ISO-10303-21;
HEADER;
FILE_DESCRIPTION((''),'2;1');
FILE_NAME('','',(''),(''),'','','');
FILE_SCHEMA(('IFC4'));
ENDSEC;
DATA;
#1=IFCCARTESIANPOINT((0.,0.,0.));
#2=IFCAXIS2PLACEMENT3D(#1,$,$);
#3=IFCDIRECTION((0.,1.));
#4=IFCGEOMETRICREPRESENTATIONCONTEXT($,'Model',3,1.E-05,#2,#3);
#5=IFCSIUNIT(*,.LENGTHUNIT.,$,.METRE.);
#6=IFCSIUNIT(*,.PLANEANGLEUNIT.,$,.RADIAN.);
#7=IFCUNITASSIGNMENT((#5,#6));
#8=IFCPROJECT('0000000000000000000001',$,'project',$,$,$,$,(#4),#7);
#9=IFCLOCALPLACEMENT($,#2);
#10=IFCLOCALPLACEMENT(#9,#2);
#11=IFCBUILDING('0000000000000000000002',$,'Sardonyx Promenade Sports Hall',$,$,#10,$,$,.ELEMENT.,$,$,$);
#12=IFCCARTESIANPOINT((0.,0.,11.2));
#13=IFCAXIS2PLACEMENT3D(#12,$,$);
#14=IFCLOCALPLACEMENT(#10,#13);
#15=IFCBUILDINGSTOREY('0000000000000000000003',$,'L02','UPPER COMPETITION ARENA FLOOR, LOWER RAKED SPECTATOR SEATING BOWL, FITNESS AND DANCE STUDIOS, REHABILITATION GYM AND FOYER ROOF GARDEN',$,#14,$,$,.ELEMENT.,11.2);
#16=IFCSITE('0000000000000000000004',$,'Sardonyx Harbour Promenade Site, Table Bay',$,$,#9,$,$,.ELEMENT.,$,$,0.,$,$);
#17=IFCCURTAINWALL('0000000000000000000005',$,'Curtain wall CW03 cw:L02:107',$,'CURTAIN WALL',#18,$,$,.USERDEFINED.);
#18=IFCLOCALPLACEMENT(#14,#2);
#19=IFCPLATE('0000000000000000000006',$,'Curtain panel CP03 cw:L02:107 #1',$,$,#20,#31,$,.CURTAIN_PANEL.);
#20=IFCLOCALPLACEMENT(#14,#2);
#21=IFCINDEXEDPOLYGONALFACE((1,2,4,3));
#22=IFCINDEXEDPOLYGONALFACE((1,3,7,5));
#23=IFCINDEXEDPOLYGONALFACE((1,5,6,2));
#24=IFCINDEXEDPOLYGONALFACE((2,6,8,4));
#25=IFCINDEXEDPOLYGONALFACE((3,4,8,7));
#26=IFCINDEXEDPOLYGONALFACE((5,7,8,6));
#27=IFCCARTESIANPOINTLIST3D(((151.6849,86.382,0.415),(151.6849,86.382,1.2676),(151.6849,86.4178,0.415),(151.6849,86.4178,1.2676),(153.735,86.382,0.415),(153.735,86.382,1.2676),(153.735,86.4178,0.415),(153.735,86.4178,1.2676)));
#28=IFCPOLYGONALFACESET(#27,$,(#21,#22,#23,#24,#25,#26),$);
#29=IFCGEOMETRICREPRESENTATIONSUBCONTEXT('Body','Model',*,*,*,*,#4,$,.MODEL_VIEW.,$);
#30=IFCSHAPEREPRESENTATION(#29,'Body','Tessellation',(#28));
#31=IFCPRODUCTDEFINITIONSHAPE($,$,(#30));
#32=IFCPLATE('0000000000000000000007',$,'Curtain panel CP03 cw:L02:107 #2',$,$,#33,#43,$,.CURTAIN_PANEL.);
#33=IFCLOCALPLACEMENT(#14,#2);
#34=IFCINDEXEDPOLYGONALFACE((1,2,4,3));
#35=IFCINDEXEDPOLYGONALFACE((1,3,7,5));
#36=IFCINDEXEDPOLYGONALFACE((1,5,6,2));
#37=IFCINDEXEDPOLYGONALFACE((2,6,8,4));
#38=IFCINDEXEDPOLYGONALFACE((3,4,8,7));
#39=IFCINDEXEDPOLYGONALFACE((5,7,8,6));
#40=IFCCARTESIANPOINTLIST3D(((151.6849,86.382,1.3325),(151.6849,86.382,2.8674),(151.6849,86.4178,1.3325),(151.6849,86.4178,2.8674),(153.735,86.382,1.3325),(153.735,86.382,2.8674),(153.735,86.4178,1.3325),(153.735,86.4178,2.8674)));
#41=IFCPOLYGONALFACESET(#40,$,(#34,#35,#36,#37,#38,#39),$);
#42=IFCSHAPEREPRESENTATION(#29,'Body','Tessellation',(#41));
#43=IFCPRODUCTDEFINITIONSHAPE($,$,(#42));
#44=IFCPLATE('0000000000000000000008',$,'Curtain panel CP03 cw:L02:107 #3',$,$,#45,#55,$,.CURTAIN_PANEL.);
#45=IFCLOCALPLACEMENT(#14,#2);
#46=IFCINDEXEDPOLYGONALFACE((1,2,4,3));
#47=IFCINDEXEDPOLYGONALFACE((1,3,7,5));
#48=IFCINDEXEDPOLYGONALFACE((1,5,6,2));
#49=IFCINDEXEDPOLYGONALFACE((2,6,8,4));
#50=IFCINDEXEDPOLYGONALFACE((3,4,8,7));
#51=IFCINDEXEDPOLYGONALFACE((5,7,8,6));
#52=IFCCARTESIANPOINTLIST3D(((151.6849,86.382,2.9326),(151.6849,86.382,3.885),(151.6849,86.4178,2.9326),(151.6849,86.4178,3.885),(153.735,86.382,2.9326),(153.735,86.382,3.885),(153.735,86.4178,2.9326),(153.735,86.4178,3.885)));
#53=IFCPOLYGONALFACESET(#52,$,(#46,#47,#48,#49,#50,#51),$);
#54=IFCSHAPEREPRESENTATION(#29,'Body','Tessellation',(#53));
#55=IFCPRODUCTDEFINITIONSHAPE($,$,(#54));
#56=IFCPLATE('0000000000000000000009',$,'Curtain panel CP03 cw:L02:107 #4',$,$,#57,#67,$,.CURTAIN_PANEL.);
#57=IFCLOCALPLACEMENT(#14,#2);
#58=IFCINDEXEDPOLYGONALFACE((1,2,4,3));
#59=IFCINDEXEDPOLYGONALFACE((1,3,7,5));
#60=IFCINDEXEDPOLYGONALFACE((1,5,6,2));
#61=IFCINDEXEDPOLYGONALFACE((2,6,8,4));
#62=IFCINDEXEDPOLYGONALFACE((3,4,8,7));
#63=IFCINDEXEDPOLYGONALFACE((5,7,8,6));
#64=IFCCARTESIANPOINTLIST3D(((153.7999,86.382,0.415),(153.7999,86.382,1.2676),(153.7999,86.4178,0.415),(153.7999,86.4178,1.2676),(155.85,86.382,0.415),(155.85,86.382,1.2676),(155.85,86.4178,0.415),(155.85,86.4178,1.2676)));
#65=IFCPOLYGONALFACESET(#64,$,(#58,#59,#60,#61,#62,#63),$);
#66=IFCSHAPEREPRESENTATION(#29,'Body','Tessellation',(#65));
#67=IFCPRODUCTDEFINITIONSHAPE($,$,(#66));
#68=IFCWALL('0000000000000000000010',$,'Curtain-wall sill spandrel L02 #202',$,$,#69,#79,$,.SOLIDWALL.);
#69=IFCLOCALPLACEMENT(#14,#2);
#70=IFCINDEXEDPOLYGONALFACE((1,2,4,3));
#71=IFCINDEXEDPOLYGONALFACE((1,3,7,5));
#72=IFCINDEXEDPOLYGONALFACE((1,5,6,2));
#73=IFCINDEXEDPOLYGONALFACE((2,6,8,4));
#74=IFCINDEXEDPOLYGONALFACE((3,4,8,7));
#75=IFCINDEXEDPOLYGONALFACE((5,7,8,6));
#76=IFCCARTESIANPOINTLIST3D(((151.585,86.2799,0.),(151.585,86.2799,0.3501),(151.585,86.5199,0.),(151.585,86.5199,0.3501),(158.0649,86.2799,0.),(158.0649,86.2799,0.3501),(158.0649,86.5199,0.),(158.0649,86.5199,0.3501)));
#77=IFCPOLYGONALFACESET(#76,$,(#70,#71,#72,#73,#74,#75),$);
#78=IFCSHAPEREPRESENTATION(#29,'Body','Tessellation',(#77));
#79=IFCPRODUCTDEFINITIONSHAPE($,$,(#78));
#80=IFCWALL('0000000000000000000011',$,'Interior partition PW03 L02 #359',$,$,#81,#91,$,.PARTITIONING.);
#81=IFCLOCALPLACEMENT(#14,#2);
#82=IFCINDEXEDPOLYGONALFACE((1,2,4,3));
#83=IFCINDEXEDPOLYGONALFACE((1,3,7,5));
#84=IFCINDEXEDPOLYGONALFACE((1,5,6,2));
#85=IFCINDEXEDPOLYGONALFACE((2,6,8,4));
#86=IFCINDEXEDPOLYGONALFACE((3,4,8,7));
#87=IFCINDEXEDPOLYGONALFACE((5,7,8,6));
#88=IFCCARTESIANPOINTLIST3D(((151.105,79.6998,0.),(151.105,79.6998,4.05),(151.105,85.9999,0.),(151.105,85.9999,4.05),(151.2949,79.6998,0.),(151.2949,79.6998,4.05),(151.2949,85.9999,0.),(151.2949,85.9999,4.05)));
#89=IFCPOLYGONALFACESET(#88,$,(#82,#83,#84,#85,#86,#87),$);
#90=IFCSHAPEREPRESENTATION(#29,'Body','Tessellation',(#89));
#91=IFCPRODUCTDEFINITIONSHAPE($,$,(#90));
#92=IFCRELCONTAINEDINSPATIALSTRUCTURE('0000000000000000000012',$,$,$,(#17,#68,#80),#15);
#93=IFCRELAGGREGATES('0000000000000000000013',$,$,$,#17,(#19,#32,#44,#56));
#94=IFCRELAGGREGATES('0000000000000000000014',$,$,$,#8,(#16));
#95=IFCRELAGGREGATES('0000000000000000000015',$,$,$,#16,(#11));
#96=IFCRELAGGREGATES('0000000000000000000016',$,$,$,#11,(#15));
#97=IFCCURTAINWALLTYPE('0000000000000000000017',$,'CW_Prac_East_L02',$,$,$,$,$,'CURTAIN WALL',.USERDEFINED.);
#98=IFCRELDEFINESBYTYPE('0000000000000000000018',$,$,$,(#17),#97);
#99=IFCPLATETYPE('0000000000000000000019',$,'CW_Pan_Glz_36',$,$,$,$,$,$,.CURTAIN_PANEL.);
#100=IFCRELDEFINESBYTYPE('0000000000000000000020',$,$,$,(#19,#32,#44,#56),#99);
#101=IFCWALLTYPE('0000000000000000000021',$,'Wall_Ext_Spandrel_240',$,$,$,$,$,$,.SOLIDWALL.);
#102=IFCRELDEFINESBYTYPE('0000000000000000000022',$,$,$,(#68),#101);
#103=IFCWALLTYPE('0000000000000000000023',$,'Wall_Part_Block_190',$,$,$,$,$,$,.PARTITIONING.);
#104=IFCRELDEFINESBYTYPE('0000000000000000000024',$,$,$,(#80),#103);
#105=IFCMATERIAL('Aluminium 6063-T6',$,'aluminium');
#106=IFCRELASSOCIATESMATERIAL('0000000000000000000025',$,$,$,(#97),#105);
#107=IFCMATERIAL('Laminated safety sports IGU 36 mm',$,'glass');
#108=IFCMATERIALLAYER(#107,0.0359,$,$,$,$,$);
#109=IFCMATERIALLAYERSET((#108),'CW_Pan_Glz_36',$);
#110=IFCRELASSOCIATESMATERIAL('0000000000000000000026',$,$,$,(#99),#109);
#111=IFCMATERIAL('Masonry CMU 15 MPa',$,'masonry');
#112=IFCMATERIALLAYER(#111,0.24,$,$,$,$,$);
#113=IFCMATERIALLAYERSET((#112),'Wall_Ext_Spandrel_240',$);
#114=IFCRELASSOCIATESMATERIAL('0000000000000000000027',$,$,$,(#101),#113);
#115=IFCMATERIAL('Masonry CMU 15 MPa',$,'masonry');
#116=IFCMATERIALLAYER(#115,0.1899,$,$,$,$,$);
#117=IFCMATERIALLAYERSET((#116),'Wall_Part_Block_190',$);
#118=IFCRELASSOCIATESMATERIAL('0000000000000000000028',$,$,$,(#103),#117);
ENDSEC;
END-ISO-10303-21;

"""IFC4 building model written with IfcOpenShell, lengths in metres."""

from ifc_helpers import new_model, si_unit, direction, frame, frame_2d, origin, origin_2d, place, context, subcontext, project, spatial, rectangle, extrude, material, layer, layer_set, type_object, element, aggregate, save


model = new_model("IFC4")

# Units and contexts
model_context = context("Model", 3, precision=1e-05, world=origin(), true_north=direction((0.0, 1.0)))
body_context = subcontext(model_context, "Body", "Model", "MODEL_VIEW")
ifc_project = project(units=[si_unit("LENGTHUNIT", "METRE"), si_unit("PLANEANGLEUNIT", "RADIAN")], contexts=[model_context])

# Site, building, storey
site_placement = place(None, origin())
site = spatial("IfcSite", under=ifc_project, at=site_placement, Name="Sardonyx Harbour Promenade Site, Table Bay", CompositionType="ELEMENT", RefElevation=0.0)
building_placement = place(site_placement, origin())
building = spatial("IfcBuilding", under=site, at=building_placement, Name="Sardonyx Promenade Sports Hall", CompositionType="ELEMENT")
storey_placement = place(building_placement, frame((0.0, 0.0, 11.2)))
storey = spatial("IfcBuildingStorey", under=building, at=storey_placement, Name="L02", Description="UPPER COMPETITION ARENA FLOOR, LOWER RAKED SPECTATOR SEATING BOWL, FITNESS AND DANCE STUDIOS, REHABILITATION GYM AND FOYER ROOF GARDEN", CompositionType="ELEMENT", Elevation=11.2)

# Curtain wall, plates
ifc_material_1 = material(Name="Aluminium 6063-T6", Category="aluminium")
curtain_wall_type = type_object("IfcCurtainWallType", Name="CW_Prac_East_L02", ElementType="CURTAIN WALL", PredefinedType="USERDEFINED", material=ifc_material_1)
curtain_wall_placement = place(storey_placement, origin())
curtain_wall = element("IfcCurtainWall", 1, at=curtain_wall_placement, inside=storey, type_object=curtain_wall_type, Name="Curtain wall CW03 cw:L02:107", ObjectType="CURTAIN WALL", PredefinedType="USERDEFINED")
ifc_material_2 = material(Name="Laminated safety sports IGU 36 mm", Category="glass")
ifc_layer_1 = layer(ifc_material_2, 0.0359)
ifc_layer_set_1 = layer_set([ifc_layer_1], Name="CW_Pan_Glz_36")
plate_type = type_object("IfcPlateType", Name="CW_Pan_Glz_36", PredefinedType="CURTAIN_PANEL", material=ifc_layer_set_1)
plate_1_placement = place(storey_placement, frame((152.71, 86.3999, 0.415), z_axis=(0.0, 0.0, 1.0), x_axis=(1.0, 0.0, 0.0)))
plate_1 = element("IfcPlate", 2, at=plate_1_placement, type_object=plate_type, Name="Curtain panel CP03 cw:L02:107 #1", PredefinedType="CURTAIN_PANEL", context=body_context, shape_type="SweptSolid", body=[
    extrude(rectangle(XDim=2.05, YDim=0.0359, at=origin_2d()), origin(), (0.0, 0.0, 1.0), 0.8525),
])
plate_2_placement = place(storey_placement, frame((152.71, 86.3999, 1.3325), z_axis=(0.0, 0.0, 1.0), x_axis=(1.0, 0.0, 0.0)))
plate_2 = element("IfcPlate", 3, at=plate_2_placement, type_object=plate_type, Name="Curtain panel CP03 cw:L02:107 #2", PredefinedType="CURTAIN_PANEL", context=body_context, shape_type="SweptSolid", body=[
    extrude(rectangle(XDim=2.05, YDim=0.0359, at=origin_2d()), origin(), (0.0, 0.0, 1.0), 1.5349),
])
plate_3_placement = place(storey_placement, frame((152.71, 86.3999, 2.9326), z_axis=(0.0, 0.0, 1.0), x_axis=(1.0, 0.0, 0.0)))
plate_3 = element("IfcPlate", 4, at=plate_3_placement, type_object=plate_type, Name="Curtain panel CP03 cw:L02:107 #3", PredefinedType="CURTAIN_PANEL", context=body_context, shape_type="SweptSolid", body=[
    extrude(rectangle(XDim=2.05, YDim=0.0359, at=origin_2d()), origin(), (0.0, 0.0, 1.0), 0.9524),
])
plate_4_placement = place(storey_placement, frame((154.825, 86.3999, 0.415), z_axis=(0.0, 0.0, 1.0), x_axis=(1.0, 0.0, 0.0)))
plate_4 = element("IfcPlate", 5, at=plate_4_placement, type_object=plate_type, Name="Curtain panel CP03 cw:L02:107 #4", PredefinedType="CURTAIN_PANEL", context=body_context, shape_type="SweptSolid", body=[
    extrude(rectangle(XDim=2.05, YDim=0.0359, at=origin_2d()), origin(), (0.0, 0.0, 1.0), 0.8525),
])
aggregate(curtain_wall, [plate_1, plate_2, plate_3, plate_4])

# Walls
ifc_material_3 = material(Name="Masonry CMU 15 MPa", Category="masonry")
ifc_layer_2 = layer(ifc_material_3, 0.24)
ifc_layer_set_2 = layer_set([ifc_layer_2], Name="Wall_Ext_Spandrel_240")
wall_type_1 = type_object("IfcWallType", Name="Wall_Ext_Spandrel_240", PredefinedType="SOLIDWALL", material=ifc_layer_set_2)
wall_1_placement = place(storey_placement, frame((151.585, 86.3999, 0.0), z_axis=(0.0, 0.0, 1.0), x_axis=(1.0, 0.0, 0.0)))
element("IfcWall", 6, at=wall_1_placement, inside=storey, type_object=wall_type_1, Name="Curtain-wall sill spandrel L02 #202", PredefinedType="SOLIDWALL", context=body_context, shape_type="SweptSolid", body=[
    extrude(rectangle(XDim=6.48, YDim=0.24, at=frame_2d((3.24, 0.0))), origin(), (0.0, 0.0, 1.0), 0.3501),
])
ifc_material_4 = material(Name="Masonry CMU 15 MPa", Category="masonry")
ifc_layer_3 = layer(ifc_material_4, 0.1899)
ifc_layer_set_3 = layer_set([ifc_layer_3], Name="Wall_Part_Block_190")
wall_type_2 = type_object("IfcWallType", Name="Wall_Part_Block_190", PredefinedType="PARTITIONING", material=ifc_layer_set_3)
wall_2_placement = place(storey_placement, frame((151.2, 79.7, 0.0), z_axis=(0.0, 0.0, 1.0), x_axis=(0.0, 1.0, 0.0)))
element("IfcWall", 7, at=wall_2_placement, inside=storey, type_object=wall_type_2, Name="Interior partition PW03 L02 #359", PredefinedType="PARTITIONING", context=body_context, shape_type="SweptSolid", body=[
    extrude(rectangle(XDim=6.3, YDim=0.1899, at=frame_2d((3.1499, 0.0))), origin(), (0.0, 0.0, 1.0), 4.05),
])

save(model, "model.ifc")
